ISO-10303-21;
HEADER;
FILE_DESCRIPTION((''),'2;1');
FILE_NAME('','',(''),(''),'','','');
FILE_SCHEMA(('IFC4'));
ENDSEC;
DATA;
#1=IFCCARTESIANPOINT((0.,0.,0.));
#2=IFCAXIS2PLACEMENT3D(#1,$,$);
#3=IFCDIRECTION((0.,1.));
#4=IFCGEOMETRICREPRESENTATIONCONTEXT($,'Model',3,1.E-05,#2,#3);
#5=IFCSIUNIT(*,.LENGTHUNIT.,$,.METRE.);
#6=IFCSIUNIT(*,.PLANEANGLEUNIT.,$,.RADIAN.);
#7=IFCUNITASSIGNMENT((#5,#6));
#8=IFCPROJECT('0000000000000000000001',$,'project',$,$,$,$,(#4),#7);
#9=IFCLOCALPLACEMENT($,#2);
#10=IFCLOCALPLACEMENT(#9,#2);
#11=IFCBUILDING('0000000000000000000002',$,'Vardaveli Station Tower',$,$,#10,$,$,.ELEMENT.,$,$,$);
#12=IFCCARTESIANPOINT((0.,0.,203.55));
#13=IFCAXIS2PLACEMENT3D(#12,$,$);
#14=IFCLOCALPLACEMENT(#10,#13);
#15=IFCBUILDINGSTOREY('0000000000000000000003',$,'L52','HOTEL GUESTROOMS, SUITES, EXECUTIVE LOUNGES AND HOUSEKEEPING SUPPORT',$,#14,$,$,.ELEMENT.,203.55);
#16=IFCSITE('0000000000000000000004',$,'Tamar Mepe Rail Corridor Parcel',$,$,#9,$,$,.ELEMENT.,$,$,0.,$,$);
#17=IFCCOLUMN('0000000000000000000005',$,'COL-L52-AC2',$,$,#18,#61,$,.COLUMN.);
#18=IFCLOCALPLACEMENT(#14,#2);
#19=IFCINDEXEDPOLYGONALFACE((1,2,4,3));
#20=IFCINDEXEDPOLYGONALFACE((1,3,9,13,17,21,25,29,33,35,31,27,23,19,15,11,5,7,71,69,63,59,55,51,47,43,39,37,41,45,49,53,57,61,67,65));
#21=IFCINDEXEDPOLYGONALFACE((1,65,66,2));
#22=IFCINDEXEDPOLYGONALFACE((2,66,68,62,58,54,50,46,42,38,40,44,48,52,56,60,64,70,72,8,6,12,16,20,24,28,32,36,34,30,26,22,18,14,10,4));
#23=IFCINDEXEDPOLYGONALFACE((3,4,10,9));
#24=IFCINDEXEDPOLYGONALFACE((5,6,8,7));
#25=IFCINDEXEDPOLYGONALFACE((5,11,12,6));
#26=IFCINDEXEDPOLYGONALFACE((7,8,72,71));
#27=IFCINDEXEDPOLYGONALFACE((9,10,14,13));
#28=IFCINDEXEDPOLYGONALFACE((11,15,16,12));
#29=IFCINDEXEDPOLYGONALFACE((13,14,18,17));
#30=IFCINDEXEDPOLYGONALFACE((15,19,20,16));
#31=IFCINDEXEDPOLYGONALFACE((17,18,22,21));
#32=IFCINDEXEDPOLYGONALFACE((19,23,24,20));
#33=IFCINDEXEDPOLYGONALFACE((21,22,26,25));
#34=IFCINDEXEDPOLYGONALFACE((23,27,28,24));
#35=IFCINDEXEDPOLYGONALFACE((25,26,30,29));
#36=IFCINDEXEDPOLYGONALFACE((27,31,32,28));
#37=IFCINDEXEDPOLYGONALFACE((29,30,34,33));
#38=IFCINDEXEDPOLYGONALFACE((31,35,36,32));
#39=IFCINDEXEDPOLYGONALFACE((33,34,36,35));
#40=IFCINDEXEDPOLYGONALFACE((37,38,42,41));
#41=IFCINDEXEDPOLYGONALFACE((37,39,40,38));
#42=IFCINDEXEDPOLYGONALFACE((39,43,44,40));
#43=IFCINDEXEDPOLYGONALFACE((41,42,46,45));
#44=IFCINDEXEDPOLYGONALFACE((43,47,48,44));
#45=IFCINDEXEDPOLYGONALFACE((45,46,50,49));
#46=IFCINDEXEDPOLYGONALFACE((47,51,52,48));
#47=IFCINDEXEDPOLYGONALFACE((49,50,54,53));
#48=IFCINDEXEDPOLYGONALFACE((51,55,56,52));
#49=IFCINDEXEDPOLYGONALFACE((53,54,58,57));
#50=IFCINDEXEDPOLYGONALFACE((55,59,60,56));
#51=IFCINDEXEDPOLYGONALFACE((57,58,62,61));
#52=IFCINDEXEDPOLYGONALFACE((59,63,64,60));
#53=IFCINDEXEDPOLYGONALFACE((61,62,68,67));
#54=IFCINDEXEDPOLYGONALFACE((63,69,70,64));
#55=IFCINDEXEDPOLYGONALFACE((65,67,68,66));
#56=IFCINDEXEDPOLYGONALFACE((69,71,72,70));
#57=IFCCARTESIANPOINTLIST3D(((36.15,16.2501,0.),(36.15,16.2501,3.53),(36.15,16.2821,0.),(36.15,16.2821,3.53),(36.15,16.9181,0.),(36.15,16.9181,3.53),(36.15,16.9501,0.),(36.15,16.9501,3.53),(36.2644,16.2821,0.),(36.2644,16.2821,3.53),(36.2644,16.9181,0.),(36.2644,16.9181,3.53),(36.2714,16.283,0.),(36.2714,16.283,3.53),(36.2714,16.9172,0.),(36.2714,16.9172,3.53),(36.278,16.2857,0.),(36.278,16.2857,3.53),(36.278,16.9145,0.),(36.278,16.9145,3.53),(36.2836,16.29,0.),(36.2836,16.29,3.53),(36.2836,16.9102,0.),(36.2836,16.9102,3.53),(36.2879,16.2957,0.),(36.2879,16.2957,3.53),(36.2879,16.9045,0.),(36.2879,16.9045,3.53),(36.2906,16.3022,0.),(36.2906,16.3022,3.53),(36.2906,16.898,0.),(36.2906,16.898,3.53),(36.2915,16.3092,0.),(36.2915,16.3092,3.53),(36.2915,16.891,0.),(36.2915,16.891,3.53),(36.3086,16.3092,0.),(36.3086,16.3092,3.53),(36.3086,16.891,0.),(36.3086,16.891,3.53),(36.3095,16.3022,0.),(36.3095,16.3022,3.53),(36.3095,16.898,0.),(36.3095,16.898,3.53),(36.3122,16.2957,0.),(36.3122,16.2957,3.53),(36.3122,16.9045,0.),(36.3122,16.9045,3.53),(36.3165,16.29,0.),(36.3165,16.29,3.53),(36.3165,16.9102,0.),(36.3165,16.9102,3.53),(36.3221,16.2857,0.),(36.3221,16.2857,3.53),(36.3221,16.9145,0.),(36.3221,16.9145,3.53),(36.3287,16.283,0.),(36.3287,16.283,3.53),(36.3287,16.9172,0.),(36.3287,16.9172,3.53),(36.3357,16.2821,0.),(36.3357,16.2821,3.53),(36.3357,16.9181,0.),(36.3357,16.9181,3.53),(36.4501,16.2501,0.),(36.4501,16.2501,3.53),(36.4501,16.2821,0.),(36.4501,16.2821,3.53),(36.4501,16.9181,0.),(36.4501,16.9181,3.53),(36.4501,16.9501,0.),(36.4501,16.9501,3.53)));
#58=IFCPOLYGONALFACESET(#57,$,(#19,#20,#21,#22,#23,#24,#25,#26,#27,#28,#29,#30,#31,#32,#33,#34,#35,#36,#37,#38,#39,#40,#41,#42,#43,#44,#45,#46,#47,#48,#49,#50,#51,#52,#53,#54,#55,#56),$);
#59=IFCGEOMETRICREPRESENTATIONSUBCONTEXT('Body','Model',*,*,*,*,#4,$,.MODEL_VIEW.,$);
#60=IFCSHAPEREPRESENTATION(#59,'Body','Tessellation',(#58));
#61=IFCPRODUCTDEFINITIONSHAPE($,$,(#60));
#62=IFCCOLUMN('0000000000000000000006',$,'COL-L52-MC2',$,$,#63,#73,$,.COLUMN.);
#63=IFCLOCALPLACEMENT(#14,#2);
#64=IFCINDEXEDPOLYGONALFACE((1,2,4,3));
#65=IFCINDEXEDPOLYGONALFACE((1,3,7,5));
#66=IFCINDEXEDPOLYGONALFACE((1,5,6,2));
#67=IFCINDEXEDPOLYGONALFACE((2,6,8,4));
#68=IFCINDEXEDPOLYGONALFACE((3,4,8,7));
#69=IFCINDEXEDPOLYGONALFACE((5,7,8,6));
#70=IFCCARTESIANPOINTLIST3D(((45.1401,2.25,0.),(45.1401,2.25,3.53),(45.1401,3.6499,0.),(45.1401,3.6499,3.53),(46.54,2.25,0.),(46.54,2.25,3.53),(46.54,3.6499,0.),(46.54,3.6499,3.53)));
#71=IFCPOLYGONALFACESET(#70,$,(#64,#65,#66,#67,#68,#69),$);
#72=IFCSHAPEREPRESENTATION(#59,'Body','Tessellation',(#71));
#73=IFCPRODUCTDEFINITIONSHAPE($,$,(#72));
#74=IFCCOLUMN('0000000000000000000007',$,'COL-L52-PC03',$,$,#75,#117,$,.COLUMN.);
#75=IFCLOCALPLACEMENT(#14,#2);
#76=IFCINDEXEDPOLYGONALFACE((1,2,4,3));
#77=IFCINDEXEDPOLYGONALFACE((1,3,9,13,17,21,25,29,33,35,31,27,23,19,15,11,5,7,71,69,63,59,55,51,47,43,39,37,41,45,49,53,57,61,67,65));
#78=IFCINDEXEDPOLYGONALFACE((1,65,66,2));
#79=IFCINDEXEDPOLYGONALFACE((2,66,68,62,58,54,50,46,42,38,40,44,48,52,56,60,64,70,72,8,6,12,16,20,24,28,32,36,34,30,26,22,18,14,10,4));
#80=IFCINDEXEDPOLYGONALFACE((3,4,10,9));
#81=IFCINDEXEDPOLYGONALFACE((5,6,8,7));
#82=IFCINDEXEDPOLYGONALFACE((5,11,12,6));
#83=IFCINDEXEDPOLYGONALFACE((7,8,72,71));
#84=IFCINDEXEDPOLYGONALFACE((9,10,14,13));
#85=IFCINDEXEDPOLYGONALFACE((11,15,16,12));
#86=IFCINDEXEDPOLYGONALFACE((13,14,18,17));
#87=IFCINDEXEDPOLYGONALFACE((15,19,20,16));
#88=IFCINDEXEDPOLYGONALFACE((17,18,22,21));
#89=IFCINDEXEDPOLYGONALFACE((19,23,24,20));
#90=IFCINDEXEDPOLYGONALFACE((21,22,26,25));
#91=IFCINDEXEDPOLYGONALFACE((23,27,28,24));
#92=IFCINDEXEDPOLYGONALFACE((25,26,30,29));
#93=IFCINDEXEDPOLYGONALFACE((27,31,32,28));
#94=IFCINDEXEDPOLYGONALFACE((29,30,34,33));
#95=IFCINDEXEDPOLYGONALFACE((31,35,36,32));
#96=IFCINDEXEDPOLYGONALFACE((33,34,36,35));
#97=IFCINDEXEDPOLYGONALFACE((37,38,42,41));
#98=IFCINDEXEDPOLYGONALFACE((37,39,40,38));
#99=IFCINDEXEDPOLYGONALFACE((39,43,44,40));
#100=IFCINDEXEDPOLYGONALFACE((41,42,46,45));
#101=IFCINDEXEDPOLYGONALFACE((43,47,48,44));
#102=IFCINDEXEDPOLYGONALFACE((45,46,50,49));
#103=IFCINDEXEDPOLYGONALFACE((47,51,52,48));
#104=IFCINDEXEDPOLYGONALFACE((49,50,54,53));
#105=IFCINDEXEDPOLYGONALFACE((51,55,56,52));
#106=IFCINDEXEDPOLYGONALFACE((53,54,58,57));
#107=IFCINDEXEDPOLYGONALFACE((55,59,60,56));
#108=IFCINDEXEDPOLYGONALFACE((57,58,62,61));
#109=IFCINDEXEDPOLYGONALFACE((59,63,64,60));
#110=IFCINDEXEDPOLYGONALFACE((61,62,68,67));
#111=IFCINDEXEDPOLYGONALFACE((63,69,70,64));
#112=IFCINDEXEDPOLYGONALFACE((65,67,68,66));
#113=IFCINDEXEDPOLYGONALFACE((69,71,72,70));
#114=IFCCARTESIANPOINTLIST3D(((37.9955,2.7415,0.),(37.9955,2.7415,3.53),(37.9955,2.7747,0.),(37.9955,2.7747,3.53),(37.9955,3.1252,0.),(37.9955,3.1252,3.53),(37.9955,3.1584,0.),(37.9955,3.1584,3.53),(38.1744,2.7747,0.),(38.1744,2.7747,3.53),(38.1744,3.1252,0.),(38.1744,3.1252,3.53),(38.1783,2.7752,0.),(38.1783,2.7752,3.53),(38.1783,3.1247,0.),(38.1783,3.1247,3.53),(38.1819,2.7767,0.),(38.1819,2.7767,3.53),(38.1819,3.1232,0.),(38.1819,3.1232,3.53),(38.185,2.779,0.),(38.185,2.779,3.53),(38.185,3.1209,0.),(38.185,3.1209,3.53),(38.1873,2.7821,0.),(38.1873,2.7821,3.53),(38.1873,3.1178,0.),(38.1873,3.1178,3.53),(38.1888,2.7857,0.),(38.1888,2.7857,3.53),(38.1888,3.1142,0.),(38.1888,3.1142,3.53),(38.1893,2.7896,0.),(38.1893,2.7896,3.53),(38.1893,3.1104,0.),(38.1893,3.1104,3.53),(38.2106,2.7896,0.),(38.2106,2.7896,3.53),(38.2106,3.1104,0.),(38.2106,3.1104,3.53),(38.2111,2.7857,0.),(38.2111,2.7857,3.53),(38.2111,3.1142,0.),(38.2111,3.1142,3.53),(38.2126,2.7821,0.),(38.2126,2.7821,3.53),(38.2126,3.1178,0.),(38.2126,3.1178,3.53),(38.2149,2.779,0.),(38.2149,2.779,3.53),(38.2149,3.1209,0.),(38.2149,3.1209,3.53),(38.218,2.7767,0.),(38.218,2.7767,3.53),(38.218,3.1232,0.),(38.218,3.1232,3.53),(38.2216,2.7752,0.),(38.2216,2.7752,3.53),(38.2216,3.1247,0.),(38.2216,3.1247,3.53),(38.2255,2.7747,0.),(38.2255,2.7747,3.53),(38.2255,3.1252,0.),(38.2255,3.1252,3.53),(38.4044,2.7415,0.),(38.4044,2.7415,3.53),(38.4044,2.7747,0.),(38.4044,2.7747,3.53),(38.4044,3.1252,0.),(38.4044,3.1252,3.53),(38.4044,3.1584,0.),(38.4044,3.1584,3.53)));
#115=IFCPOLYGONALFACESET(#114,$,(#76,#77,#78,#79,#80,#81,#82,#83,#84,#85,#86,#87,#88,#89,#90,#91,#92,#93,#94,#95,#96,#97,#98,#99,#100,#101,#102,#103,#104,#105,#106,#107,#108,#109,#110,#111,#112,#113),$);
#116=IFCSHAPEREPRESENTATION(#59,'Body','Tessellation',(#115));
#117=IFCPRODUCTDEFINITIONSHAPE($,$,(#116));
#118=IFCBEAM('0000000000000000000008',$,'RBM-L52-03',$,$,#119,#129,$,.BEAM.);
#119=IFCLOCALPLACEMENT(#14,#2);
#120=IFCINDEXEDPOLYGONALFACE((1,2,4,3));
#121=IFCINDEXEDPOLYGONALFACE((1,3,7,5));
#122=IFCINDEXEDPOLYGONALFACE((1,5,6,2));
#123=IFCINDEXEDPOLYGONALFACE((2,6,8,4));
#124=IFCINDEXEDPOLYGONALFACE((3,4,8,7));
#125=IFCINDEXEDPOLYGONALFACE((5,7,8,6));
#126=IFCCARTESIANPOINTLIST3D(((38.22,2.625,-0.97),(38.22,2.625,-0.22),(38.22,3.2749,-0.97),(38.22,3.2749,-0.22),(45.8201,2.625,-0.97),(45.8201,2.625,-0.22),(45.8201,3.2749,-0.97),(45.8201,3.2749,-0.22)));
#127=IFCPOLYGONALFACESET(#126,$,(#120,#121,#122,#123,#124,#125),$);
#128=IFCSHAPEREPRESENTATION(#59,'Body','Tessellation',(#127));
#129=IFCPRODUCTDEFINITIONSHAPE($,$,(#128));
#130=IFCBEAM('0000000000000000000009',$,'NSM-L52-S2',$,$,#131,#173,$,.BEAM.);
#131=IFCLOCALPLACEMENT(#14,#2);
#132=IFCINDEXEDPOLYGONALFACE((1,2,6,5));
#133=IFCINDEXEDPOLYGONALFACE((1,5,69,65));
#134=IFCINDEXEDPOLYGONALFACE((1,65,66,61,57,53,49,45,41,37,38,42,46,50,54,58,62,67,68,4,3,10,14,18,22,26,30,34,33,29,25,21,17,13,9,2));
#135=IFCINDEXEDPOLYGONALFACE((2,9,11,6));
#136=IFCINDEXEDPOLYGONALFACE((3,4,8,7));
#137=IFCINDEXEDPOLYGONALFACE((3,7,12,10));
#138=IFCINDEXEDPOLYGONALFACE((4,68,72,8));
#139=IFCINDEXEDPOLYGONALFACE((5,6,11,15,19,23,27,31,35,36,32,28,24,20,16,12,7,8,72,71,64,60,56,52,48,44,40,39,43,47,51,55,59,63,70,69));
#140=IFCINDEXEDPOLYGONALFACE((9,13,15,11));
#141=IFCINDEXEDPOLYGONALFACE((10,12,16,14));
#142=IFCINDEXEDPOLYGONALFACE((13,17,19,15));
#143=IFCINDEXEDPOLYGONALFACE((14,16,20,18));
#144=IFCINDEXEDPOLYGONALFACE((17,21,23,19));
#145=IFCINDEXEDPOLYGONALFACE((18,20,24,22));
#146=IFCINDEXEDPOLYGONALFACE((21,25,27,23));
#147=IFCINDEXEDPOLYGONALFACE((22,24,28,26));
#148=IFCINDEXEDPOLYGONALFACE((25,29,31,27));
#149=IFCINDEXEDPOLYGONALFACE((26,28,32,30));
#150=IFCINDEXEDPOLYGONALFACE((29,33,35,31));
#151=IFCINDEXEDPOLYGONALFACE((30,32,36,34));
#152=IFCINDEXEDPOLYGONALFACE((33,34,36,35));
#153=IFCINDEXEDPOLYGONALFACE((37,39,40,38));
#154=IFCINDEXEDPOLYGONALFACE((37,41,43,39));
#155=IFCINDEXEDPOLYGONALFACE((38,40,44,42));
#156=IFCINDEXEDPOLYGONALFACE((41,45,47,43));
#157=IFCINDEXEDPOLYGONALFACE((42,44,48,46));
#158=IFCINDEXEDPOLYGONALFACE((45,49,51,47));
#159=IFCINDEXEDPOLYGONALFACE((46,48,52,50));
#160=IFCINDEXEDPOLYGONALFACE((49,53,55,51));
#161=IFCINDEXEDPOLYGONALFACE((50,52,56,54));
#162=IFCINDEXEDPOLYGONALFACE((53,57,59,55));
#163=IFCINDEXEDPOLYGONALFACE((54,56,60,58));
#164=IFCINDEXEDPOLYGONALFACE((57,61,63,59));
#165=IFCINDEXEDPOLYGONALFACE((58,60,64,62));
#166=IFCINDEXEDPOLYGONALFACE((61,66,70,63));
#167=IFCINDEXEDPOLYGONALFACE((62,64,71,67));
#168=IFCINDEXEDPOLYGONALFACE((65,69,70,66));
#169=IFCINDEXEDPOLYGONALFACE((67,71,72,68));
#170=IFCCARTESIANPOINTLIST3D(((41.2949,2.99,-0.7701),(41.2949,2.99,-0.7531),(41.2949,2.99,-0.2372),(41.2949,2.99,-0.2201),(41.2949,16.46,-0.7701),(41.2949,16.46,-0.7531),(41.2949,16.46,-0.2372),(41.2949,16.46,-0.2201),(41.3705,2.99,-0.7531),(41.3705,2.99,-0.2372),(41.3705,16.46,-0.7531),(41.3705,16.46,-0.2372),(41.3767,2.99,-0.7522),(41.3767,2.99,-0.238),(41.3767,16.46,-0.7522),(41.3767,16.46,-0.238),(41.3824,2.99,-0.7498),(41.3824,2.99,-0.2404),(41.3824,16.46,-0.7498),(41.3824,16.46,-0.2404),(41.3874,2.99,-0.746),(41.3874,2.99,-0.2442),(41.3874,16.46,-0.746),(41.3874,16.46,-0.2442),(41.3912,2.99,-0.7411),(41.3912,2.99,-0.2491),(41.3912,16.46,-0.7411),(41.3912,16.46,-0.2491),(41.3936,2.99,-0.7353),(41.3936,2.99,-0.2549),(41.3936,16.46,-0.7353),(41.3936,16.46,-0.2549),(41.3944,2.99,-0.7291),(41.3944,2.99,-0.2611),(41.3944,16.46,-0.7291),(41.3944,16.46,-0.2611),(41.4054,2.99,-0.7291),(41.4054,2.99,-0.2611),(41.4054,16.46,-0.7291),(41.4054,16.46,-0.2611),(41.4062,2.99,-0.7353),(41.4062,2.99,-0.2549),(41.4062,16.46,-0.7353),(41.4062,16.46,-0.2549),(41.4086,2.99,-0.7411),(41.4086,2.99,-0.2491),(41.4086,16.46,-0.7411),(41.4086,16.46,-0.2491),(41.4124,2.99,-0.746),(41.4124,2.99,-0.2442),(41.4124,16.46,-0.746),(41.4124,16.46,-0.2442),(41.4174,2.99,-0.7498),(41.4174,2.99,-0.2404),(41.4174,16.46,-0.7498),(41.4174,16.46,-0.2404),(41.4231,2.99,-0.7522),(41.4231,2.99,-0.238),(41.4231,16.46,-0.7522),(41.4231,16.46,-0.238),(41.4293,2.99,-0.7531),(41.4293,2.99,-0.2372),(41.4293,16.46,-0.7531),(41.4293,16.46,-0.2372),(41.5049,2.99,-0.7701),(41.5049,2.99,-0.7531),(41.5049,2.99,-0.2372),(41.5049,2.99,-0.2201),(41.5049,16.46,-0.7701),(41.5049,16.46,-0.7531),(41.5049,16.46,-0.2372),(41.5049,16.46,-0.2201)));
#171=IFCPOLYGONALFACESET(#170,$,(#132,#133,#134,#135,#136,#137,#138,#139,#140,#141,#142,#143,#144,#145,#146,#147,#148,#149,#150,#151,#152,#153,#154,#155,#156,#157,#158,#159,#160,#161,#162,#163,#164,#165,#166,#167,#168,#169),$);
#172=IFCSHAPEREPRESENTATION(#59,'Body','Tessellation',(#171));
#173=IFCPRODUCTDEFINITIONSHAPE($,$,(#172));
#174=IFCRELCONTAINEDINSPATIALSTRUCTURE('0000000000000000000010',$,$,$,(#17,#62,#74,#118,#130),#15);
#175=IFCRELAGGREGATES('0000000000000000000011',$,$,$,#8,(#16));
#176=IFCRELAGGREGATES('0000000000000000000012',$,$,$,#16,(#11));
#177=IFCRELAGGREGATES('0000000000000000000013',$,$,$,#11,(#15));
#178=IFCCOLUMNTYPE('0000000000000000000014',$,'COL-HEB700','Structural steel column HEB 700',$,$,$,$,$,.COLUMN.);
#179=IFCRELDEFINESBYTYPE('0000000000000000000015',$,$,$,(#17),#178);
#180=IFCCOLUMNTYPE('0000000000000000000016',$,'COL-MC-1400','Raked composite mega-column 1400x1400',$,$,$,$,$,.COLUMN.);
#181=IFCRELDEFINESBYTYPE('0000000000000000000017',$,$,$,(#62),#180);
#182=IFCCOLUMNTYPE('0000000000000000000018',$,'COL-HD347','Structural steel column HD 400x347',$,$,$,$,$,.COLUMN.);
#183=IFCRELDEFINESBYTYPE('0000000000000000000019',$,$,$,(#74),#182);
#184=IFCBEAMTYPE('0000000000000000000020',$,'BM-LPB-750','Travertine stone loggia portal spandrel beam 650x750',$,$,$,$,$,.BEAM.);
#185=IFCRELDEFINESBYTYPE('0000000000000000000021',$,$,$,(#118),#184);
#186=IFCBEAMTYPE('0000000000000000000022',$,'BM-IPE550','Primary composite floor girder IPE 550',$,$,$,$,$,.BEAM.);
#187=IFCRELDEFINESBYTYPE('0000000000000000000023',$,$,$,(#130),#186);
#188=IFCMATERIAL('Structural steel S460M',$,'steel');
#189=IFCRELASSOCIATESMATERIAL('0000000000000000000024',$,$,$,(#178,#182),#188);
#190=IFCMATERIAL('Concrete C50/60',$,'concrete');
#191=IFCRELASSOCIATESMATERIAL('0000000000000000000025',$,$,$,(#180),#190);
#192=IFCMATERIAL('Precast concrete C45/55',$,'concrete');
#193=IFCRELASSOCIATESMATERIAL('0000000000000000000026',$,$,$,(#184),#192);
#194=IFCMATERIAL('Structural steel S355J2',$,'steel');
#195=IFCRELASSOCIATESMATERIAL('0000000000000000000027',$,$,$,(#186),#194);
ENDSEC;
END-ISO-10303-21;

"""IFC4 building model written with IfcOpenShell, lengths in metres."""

from ifc_helpers import new_model, si_unit, direction, frame, origin, origin_2d, place, context, subcontext, project, spatial, rectangle, i_section, extrude, source, transform, mapped, material, material_profile, profile_set, type_object, element, save


model = new_model("IFC4")

# Units and contexts
model_context = context("Model", 3, precision=1e-05, world=origin(), true_north=direction((0.0, 1.0)))
body_context = subcontext(model_context, "Body", "Model", "MODEL_VIEW")
ifc_project = project(units=[si_unit("LENGTHUNIT", "METRE"), si_unit("PLANEANGLEUNIT", "RADIAN")], contexts=[model_context])

# Site, building, storey
site_placement = place(None, origin())
site = spatial("IfcSite", under=ifc_project, at=site_placement, Name="Tamar Mepe Rail Corridor Parcel", CompositionType="ELEMENT", RefElevation=0.0)
building_placement = place(site_placement, origin())
building = spatial("IfcBuilding", under=site, at=building_placement, Name="Vardaveli Station Tower", CompositionType="ELEMENT")
storey_placement = place(building_placement, frame((0.0, 0.0, 203.55)))
storey = spatial("IfcBuildingStorey", under=building, at=storey_placement, Name="L52", Description="HOTEL GUESTROOMS, SUITES, EXECUTIVE LOUNGES AND HOUSEKEEPING SUPPORT", CompositionType="ELEMENT", Elevation=203.55)

# Columns
ifc_material_1 = material(Name="Structural steel S460M", Category="steel")
ifc_material_profile_1 = material_profile(ifc_material_1, i_section(OverallWidth=0.3, OverallDepth=0.7, WebThickness=0.0171, FlangeThickness=0.032, FilletRadius=0.0271, at=origin_2d()), Name="HEB 700")
ifc_profile_set_1 = profile_set([ifc_material_profile_1], Name="Structural steel S460M")
column_type_1 = type_object("IfcColumnType", Name="COL-HEB700", Description="Structural steel column HEB 700", PredefinedType="COLUMN", material=ifc_profile_set_1)
shared_shape_1 = source(origin(), body_context, "Body", "SweptSolid", [
    extrude(i_section(OverallWidth=0.3, OverallDepth=0.7, WebThickness=0.0171, FlangeThickness=0.032, FilletRadius=0.0271, at=origin_2d()), origin(), (0.0, 0.0, 1.0), 3.53),
])
column_1_placement = place(storey_placement, frame((36.3, 16.6001, 0.0), z_axis=(0.0, 0.0, 1.0), x_axis=(1.0, 0.0, 0.0)))
element("IfcColumn", 1, at=column_1_placement, inside=storey, type_object=column_type_1, Name="COL-L52-AC2", PredefinedType="COLUMN", context=body_context, shape_type="MappedRepresentation", body=[
    mapped(shared_shape_1, transform((0.0, 0.0, 0.0), scale=1.0)),
])
ifc_material_2 = material(Name="Concrete C50/60", Category="concrete")
ifc_material_profile_2 = material_profile(ifc_material_2, rectangle(XDim=1.3999, YDim=1.3999, at=origin_2d()), Name="MC 1400x1400")
ifc_profile_set_2 = profile_set([ifc_material_profile_2], Name="Concrete C50/60")
column_type_2 = type_object("IfcColumnType", Name="COL-MC-1400", Description="Raked composite mega-column 1400x1400", PredefinedType="COLUMN", material=ifc_profile_set_2)
shared_shape_2 = source(origin(), body_context, "Body", "SweptSolid", [
    extrude(rectangle(XDim=1.3999, YDim=1.3999, at=origin_2d()), origin(), (0.0, 0.0, 1.0), 3.53),
])
column_2_placement = place(storey_placement, frame((45.8401, 2.95, 0.0), z_axis=(0.0, 0.0, 1.0), x_axis=(1.0, 0.0, 0.0)))
element("IfcColumn", 2, at=column_2_placement, inside=storey, type_object=column_type_2, Name="COL-L52-MC2", PredefinedType="COLUMN", context=body_context, shape_type="MappedRepresentation", body=[
    mapped(shared_shape_2, transform((0.0, 0.0, 0.0), scale=1.0)),
])
ifc_material_profile_3 = material_profile(ifc_material_1, i_section(OverallWidth=0.4089, OverallDepth=0.417, WebThickness=0.0212, FlangeThickness=0.0332, FilletRadius=0.0149, at=origin_2d()), Name="HD 400x347")
ifc_profile_set_3 = profile_set([ifc_material_profile_3], Name="Structural steel S460M")
column_type_3 = type_object("IfcColumnType", Name="COL-HD347", Description="Structural steel column HD 400x347", PredefinedType="COLUMN", material=ifc_profile_set_3)
shared_shape_3 = source(origin(), body_context, "Body", "SweptSolid", [
    extrude(i_section(OverallWidth=0.4089, OverallDepth=0.417, WebThickness=0.0212, FlangeThickness=0.0332, FilletRadius=0.0149, at=origin_2d()), origin(), (0.0, 0.0, 1.0), 3.53),
])
column_3_placement = place(storey_placement, frame((38.2, 2.95, 0.0), z_axis=(0.0, 0.0, 1.0), x_axis=(1.0, 0.0, 0.0)))
element("IfcColumn", 3, at=column_3_placement, inside=storey, type_object=column_type_3, Name="COL-L52-PC03", PredefinedType="COLUMN", context=body_context, shape_type="MappedRepresentation", body=[
    mapped(shared_shape_3, transform((0.0, 0.0, 0.0), scale=1.0)),
])

# Beams
ifc_material_3 = material(Name="Precast concrete C45/55", Category="concrete")
ifc_material_profile_4 = material_profile(ifc_material_3, rectangle(XDim=0.6499, YDim=0.75, at=origin_2d()), Name="LPB 650x750")
ifc_profile_set_4 = profile_set([ifc_material_profile_4], Name="Precast concrete C45/55")
beam_type_1 = type_object("IfcBeamType", Name="BM-LPB-750", Description="Travertine stone loggia portal spandrel beam 650x750", PredefinedType="BEAM", material=ifc_profile_set_4)
shared_shape_4 = source(origin(), body_context, "Body", "SweptSolid", [
    extrude(rectangle(XDim=0.6499, YDim=0.75, at=origin_2d()), origin(), (0.0, 0.0, 1.0), 7.6001),
])
beam_1_placement = place(storey_placement, frame((38.22, 2.95, -0.595), z_axis=(1.0, 0.0, 0.0), x_axis=(0.0, 1.0, 0.0)))
element("IfcBeam", 4, at=beam_1_placement, inside=storey, type_object=beam_type_1, Name="RBM-L52-03", PredefinedType="BEAM", context=body_context, shape_type="MappedRepresentation", body=[
    mapped(shared_shape_4, transform((0.0, 0.0, 0.0), scale=1.0)),
])
ifc_material_4 = material(Name="Structural steel S355J2", Category="steel")
ifc_material_profile_5 = material_profile(ifc_material_4, i_section(OverallWidth=0.21, OverallDepth=0.55, WebThickness=0.011, FlangeThickness=0.0171, FilletRadius=0.0239, at=origin_2d()), Name="IPE 550")
ifc_profile_set_5 = profile_set([ifc_material_profile_5], Name="Structural steel S355J2")
beam_type_2 = type_object("IfcBeamType", Name="BM-IPE550", Description="Primary composite floor girder IPE 550", PredefinedType="BEAM", material=ifc_profile_set_5)
shared_shape_5 = source(origin(), body_context, "Body", "SweptSolid", [
    extrude(i_section(OverallWidth=0.21, OverallDepth=0.55, WebThickness=0.011, FlangeThickness=0.0171, FilletRadius=0.0239, at=origin_2d()), origin(), (0.0, 0.0, 1.0), 13.47),
])
beam_2_placement = place(storey_placement, frame((41.3999, 2.99, -0.4951), z_axis=(0.0, 1.0, 0.0), x_axis=(-1.0, 0.0, 0.0)))
element("IfcBeam", 5, at=beam_2_placement, inside=storey, type_object=beam_type_2, Name="NSM-L52-S2", PredefinedType="BEAM", context=body_context, shape_type="MappedRepresentation", body=[
    mapped(shared_shape_5, transform((0.0, 0.0, 0.0), scale=1.0)),
])

save(model, "model.ifc")
